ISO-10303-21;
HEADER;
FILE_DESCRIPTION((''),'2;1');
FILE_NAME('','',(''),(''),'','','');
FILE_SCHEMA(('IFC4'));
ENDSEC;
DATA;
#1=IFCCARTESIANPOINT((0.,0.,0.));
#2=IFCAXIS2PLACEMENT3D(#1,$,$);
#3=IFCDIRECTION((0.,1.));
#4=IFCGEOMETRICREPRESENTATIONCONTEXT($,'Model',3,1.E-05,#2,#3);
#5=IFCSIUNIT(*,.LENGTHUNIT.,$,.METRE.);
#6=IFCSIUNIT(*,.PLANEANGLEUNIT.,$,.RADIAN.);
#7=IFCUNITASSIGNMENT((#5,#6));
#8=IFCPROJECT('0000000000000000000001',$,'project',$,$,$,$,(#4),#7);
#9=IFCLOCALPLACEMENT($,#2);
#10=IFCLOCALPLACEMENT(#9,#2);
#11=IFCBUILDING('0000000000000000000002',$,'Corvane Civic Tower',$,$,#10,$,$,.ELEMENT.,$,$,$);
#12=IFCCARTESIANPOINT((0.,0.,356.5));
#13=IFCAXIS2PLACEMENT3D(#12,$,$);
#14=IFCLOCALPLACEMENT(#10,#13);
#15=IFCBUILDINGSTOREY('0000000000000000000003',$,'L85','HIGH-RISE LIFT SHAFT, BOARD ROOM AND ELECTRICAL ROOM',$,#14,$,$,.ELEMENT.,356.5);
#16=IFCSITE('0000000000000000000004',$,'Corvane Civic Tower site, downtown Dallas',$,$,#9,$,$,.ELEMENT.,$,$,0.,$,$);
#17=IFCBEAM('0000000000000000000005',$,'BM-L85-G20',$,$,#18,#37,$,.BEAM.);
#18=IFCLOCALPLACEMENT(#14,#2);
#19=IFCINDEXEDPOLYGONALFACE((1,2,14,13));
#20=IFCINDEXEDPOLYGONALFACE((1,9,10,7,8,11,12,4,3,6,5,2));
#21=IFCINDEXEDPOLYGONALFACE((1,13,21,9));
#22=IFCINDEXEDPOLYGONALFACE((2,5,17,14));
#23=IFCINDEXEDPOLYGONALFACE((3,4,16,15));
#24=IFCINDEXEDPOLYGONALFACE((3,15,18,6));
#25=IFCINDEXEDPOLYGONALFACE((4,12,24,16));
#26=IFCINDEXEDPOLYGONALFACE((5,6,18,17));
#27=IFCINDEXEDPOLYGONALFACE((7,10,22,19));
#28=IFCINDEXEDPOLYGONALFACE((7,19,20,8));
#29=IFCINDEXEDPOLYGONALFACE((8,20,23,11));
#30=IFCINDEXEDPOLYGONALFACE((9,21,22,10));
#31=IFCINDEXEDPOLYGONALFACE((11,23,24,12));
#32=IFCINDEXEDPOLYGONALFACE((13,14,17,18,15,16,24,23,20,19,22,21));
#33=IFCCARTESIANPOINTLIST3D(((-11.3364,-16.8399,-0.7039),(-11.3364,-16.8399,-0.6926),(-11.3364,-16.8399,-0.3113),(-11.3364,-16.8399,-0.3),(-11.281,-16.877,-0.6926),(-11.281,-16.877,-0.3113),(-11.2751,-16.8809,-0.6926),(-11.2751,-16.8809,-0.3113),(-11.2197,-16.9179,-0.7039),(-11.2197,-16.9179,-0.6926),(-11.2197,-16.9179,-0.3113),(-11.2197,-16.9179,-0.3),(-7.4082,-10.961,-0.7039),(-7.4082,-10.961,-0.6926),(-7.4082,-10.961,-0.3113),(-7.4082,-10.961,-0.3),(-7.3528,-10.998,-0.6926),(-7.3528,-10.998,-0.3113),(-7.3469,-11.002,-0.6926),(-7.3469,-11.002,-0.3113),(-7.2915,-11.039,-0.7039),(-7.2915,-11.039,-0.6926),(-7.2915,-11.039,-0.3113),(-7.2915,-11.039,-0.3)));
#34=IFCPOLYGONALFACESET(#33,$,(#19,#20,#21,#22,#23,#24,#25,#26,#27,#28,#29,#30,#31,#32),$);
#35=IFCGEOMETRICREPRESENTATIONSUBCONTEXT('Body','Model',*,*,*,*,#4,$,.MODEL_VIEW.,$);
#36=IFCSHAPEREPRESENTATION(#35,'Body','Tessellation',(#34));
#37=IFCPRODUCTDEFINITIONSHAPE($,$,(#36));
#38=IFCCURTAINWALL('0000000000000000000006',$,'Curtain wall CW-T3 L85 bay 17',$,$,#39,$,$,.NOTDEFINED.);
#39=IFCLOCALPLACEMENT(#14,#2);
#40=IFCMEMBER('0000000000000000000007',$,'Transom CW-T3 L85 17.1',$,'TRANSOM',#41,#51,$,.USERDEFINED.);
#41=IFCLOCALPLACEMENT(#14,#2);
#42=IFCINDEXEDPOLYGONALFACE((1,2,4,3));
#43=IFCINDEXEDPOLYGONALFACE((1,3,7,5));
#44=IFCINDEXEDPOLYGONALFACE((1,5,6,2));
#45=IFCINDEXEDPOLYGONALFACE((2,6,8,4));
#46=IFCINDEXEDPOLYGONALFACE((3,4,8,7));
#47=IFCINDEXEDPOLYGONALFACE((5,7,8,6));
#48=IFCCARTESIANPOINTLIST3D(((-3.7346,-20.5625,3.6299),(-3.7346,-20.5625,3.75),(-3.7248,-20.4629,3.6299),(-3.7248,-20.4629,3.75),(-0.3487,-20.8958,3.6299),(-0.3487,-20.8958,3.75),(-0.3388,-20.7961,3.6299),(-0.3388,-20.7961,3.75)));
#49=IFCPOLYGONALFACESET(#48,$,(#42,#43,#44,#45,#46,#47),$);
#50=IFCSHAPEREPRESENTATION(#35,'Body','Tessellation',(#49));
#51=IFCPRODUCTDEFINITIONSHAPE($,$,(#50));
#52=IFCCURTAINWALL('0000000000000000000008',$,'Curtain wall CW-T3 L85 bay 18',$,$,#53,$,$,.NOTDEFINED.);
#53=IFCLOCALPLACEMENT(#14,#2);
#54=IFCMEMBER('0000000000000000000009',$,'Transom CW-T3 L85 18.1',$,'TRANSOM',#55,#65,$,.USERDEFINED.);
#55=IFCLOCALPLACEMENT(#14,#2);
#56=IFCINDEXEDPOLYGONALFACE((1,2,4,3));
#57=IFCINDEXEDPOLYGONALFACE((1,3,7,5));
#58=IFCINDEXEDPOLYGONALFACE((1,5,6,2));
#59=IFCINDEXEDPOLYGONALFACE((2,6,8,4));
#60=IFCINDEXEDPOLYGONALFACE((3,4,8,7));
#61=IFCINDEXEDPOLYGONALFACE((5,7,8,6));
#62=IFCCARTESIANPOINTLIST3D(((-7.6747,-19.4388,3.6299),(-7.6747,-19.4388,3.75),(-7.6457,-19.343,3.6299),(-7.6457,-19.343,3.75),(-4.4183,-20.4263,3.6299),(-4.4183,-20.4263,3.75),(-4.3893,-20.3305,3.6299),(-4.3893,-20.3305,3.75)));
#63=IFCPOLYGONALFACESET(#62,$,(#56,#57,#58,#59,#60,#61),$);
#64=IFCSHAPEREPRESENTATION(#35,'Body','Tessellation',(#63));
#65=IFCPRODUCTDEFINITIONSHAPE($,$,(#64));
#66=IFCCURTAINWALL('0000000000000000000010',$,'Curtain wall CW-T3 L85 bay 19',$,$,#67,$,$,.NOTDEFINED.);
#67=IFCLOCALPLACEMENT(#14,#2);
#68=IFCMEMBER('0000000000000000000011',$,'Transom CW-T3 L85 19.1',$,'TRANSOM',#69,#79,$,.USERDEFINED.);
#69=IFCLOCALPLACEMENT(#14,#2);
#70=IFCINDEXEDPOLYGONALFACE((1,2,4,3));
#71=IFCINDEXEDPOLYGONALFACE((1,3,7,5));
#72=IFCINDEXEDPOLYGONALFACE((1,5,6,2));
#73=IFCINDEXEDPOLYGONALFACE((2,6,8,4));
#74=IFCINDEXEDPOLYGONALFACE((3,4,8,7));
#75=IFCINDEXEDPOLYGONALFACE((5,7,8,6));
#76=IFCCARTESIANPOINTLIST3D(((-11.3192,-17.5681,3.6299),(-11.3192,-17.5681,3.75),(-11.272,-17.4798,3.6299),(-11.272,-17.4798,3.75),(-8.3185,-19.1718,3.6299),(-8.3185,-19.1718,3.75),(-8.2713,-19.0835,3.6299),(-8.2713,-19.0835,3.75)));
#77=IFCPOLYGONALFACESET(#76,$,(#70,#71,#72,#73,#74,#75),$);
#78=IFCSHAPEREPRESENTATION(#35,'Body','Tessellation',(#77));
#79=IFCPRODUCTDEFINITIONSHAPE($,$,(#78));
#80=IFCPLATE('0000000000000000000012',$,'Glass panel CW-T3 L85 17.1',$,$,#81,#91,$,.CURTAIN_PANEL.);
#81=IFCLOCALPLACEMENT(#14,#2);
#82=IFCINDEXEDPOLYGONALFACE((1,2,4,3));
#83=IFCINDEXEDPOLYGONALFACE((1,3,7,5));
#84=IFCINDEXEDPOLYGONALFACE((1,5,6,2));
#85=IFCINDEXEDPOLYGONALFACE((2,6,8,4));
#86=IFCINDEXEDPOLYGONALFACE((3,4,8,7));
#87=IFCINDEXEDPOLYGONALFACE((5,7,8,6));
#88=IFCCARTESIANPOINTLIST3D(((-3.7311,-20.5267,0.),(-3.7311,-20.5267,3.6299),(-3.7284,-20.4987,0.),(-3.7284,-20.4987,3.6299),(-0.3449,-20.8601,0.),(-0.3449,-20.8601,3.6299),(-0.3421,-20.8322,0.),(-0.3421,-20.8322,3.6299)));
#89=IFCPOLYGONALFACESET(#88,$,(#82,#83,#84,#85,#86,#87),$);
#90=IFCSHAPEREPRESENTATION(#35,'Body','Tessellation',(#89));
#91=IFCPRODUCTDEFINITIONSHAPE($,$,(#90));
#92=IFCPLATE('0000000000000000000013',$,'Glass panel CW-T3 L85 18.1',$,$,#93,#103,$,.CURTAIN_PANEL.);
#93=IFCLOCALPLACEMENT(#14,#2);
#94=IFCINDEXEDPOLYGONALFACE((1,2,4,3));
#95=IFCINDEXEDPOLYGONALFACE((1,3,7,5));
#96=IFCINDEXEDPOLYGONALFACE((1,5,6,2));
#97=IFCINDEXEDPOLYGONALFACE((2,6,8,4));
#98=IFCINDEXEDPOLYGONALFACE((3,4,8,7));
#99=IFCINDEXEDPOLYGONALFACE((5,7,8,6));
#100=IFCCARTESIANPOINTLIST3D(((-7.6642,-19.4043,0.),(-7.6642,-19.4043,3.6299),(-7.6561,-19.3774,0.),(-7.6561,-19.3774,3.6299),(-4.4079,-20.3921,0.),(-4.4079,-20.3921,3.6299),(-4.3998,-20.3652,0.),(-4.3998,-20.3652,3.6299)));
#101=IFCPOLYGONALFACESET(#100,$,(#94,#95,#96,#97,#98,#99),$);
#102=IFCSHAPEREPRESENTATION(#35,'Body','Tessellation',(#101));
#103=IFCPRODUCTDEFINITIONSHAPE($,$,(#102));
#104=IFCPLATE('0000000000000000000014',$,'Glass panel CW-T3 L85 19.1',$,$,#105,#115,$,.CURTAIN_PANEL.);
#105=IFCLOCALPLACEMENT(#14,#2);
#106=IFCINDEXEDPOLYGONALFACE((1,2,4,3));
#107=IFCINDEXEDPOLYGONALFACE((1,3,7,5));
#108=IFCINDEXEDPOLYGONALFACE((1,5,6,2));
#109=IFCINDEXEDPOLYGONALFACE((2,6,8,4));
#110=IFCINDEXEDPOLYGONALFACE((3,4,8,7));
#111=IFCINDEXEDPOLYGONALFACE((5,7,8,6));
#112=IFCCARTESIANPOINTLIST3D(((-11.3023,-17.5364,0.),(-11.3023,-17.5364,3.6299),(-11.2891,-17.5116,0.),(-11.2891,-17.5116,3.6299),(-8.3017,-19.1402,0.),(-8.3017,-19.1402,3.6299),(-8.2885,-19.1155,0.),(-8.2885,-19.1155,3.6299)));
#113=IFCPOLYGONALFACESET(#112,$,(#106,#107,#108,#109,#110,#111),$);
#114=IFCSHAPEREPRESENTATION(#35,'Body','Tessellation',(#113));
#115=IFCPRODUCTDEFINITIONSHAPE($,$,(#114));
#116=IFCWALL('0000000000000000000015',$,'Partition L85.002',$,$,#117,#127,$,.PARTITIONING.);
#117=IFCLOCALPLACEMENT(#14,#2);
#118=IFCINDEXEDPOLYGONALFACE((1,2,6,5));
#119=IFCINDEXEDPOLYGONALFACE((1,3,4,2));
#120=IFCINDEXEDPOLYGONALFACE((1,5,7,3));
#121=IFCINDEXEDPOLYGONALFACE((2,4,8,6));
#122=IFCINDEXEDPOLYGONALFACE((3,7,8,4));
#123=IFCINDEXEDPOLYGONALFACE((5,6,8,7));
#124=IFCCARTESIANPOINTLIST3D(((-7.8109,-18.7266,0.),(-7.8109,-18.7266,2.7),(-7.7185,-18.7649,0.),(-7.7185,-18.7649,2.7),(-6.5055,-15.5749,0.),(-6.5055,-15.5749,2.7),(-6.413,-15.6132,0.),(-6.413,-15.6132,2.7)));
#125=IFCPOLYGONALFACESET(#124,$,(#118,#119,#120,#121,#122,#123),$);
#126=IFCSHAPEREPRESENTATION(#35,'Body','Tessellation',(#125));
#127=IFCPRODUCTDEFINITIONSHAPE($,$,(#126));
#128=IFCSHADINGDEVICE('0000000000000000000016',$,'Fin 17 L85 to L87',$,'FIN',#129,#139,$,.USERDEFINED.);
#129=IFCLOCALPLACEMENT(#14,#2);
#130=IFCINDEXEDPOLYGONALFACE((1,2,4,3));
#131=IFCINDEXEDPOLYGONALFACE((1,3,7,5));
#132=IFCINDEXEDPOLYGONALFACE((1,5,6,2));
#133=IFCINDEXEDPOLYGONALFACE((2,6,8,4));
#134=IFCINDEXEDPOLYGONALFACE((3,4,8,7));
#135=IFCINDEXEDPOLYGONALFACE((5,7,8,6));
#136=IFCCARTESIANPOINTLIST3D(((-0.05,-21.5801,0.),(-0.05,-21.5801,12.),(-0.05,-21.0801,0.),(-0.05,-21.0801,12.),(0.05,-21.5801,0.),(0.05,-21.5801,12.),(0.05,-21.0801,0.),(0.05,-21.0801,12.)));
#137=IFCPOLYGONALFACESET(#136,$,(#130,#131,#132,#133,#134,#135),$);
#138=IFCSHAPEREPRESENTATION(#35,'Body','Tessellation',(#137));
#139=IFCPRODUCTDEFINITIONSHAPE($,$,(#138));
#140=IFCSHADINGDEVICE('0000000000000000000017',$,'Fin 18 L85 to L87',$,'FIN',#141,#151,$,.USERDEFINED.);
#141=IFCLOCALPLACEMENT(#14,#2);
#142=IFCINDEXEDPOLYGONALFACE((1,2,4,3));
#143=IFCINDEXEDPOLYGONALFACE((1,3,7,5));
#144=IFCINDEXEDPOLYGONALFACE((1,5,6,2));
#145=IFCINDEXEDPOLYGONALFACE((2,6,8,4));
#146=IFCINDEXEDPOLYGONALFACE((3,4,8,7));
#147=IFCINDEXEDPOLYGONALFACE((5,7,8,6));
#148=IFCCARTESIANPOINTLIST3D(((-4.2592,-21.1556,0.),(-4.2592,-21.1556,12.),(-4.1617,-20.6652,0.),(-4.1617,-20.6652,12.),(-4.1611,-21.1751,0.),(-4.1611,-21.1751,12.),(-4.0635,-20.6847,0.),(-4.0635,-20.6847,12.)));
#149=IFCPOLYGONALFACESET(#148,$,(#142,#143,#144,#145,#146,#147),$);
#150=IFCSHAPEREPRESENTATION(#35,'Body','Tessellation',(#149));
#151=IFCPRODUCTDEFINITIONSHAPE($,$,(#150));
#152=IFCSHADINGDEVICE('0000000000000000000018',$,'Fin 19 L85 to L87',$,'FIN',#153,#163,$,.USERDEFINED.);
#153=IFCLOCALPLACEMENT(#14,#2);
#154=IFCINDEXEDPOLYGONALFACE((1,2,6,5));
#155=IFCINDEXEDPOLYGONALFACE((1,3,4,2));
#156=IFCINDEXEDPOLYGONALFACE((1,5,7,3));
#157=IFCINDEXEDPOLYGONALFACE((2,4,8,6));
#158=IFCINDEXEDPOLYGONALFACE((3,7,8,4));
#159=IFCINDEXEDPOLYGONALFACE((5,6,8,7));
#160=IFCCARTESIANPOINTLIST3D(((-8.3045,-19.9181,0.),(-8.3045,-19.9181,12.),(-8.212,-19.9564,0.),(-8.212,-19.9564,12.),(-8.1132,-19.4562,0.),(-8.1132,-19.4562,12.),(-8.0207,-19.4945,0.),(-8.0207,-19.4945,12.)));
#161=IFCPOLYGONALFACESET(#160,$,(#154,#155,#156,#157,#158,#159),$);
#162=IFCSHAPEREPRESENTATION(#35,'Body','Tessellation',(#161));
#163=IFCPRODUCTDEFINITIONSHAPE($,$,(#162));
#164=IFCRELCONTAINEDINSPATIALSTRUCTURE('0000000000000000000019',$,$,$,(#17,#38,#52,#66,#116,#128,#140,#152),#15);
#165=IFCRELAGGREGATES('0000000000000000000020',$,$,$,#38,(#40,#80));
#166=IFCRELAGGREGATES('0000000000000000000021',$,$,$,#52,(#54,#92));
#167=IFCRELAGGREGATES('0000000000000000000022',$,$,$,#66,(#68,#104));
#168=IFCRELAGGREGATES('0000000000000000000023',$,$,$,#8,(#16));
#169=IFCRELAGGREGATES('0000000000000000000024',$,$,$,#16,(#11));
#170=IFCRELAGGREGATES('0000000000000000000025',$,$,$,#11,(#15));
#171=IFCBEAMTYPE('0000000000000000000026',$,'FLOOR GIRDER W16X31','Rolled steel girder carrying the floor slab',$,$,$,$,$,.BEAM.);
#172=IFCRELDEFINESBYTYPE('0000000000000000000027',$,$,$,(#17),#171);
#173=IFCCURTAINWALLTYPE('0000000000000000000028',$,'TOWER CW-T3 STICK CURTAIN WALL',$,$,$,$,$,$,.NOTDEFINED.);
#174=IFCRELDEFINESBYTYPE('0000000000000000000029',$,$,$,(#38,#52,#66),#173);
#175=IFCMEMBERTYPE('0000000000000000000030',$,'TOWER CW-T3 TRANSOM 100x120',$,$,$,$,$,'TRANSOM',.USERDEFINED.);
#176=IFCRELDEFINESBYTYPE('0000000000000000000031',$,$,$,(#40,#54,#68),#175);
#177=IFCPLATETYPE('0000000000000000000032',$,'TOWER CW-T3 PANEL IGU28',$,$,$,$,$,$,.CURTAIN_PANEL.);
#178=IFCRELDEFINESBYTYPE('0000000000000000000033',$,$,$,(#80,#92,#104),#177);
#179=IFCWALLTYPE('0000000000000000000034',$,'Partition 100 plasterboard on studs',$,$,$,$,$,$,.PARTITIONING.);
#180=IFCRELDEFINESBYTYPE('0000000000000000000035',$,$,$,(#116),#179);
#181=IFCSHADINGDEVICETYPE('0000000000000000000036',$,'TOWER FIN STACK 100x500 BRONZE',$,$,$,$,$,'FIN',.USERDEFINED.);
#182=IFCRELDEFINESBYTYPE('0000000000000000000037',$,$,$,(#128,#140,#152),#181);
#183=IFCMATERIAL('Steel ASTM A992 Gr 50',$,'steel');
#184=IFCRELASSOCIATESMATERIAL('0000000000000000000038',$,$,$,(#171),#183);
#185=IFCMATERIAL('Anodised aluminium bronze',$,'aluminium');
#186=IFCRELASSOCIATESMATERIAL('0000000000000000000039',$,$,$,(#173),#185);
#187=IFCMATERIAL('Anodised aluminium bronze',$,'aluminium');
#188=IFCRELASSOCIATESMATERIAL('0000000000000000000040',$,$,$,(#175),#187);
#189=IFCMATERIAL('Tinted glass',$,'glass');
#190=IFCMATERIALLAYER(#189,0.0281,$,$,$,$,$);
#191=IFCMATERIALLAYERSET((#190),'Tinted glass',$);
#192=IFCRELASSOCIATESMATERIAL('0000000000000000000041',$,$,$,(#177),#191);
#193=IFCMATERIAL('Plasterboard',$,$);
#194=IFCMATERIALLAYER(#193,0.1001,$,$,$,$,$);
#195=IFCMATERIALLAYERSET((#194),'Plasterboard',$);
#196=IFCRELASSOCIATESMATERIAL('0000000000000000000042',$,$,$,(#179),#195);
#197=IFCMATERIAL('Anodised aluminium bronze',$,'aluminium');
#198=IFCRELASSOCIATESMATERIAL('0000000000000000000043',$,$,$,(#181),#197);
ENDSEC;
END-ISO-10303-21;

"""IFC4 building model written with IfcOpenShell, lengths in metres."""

from ifc_helpers import new_model, si_unit, direction, frame, frame_2d, origin, origin_2d, place, context, subcontext, project, spatial, rectangle, i_section, extrude, material, layer, layer_set, material_profile, profile_set, type_object, element, aggregate, save


model = new_model("IFC4")

# Units and contexts
model_context = context("Model", 3, precision=1e-05, world=origin(), true_north=direction((0.0, 1.0)))
body_context = subcontext(model_context, "Body", "Model", "MODEL_VIEW")
ifc_project = project(units=[si_unit("LENGTHUNIT", "METRE"), si_unit("PLANEANGLEUNIT", "RADIAN")], contexts=[model_context])

# Site, building, storey
site_placement = place(None, origin())
site = spatial("IfcSite", under=ifc_project, at=site_placement, Name="Corvane Civic Tower site, downtown Dallas", CompositionType="ELEMENT", RefElevation=0.0)
building_placement = place(site_placement, origin())
building = spatial("IfcBuilding", under=site, at=building_placement, Name="Corvane Civic Tower", CompositionType="ELEMENT")
storey_placement = place(building_placement, frame((0.0, 0.0, 356.5)))
storey = spatial("IfcBuildingStorey", under=building, at=storey_placement, Name="L85", Description="HIGH-RISE LIFT SHAFT, BOARD ROOM AND ELECTRICAL ROOM", CompositionType="ELEMENT", Elevation=356.5)

# Beam
ifc_material_1 = material(Name="Steel ASTM A992 Gr 50", Category="steel")
ifc_material_profile_1 = material_profile(ifc_material_1, i_section(OverallWidth=0.1404, OverallDepth=0.4038, WebThickness=0.0071, FlangeThickness=0.0112, at=origin_2d()), Name="W16X31")
ifc_profile_set_1 = profile_set([ifc_material_profile_1], Name="Steel ASTM A992 Gr 50")
beam_type_1 = type_object("IfcBeamType", Name="FLOOR GIRDER W16X31", Description="Rolled steel girder carrying the floor slab", PredefinedType="BEAM", material=ifc_profile_set_1)
beam_1_placement = place(storey_placement, frame((-7.3499, -11.0, -0.502), z_axis=(-0.555576, -0.831465, 0.0), x_axis=(0.831465, -0.555576, 0.0)))
element("IfcBeam", 1, at=beam_1_placement, inside=storey, type_object=beam_type_1, Name="BM-L85-G20", PredefinedType="BEAM", context=body_context, shape_type="SweptSolid", body=[
    extrude(i_section(OverallWidth=0.1404, OverallDepth=0.4038, WebThickness=0.0071, FlangeThickness=0.0112, at=origin_2d()), origin(), (0.0, 0.0, 1.0), 7.0706),
])

# Curtain walls, members
ifc_material_2 = material(Name="Anodised aluminium bronze", Category="aluminium")
curtain_wall_type = type_object("IfcCurtainWallType", Name="TOWER CW-T3 STICK CURTAIN WALL", PredefinedType="NOTDEFINED", material=ifc_material_2)
curtain_wall_1_placement = place(storey_placement, origin())
curtain_wall_1 = element("IfcCurtainWall", 2, at=curtain_wall_1_placement, inside=storey, type_object=curtain_wall_type, Name="Curtain wall CW-T3 L85 bay 17", PredefinedType="NOTDEFINED")
ifc_material_3 = material(Name="Anodised aluminium bronze", Category="aluminium")
ifc_material_profile_2 = material_profile(ifc_material_3, rectangle(XDim=0.1001, YDim=0.1201, at=origin_2d()), Name="TOWER CW-T3 TRANSOM 100x120")
ifc_profile_set_2 = profile_set([ifc_material_profile_2], Name="Anodised aluminium bronze")
member_type = type_object("IfcMemberType", Name="TOWER CW-T3 TRANSOM 100x120", ElementType="TRANSOM", PredefinedType="USERDEFINED", material=ifc_profile_set_2)
member_1_placement = place(storey_placement, frame((-0.3438, -20.8459, 3.6899), z_axis=(-0.995192, 0.097948, 0.0), x_axis=(-0.097948, -0.995192, 0.0)))
member_1 = element("IfcMember", 3, at=member_1_placement, type_object=member_type, Name="Transom CW-T3 L85 17.1", ObjectType="TRANSOM", PredefinedType="USERDEFINED", context=body_context, shape_type="SweptSolid", body=[
    extrude(rectangle(XDim=0.1001, YDim=0.1201, at=origin_2d()), origin(), (0.0, 0.0, 1.0), 3.4023),
])
curtain_wall_2_placement = place(storey_placement, origin())
curtain_wall_2 = element("IfcCurtainWall", 4, at=curtain_wall_2_placement, inside=storey, type_object=curtain_wall_type, Name="Curtain wall CW-T3 L85 bay 18", PredefinedType="NOTDEFINED")
member_2_placement = place(storey_placement, frame((-4.4038, -20.3784, 3.6899), z_axis=(-0.956961, 0.290216, 0.0), x_axis=(-0.290216, -0.956961, 0.0)))
member_2 = element("IfcMember", 5, at=member_2_placement, type_object=member_type, Name="Transom CW-T3 L85 18.1", ObjectType="TRANSOM", PredefinedType="USERDEFINED", context=body_context, shape_type="SweptSolid", body=[
    extrude(rectangle(XDim=0.1001, YDim=0.1201, at=origin_2d()), origin(), (0.0, 0.0, 1.0), 3.4028),
])
curtain_wall_3_placement = place(storey_placement, origin())
curtain_wall_3 = element("IfcCurtainWall", 6, at=curtain_wall_3_placement, inside=storey, type_object=curtain_wall_type, Name="Curtain wall CW-T3 L85 bay 19", PredefinedType="NOTDEFINED")
member_3_placement = place(storey_placement, frame((-8.2949, -19.1277, 3.6899), z_axis=(-0.881941, 0.471359, 0.0), x_axis=(-0.471359, -0.881941, 0.0)))
member_3 = element("IfcMember", 7, at=member_3_placement, type_object=member_type, Name="Transom CW-T3 L85 19.1", ObjectType="TRANSOM", PredefinedType="USERDEFINED", context=body_context, shape_type="SweptSolid", body=[
    extrude(rectangle(XDim=0.1001, YDim=0.1201, at=origin_2d()), origin(), (0.0, 0.0, 1.0), 3.4023),
])

# Plates
ifc_material_4 = material(Name="Tinted glass", Category="glass")
ifc_layer_1 = layer(ifc_material_4, 0.0281)
ifc_layer_set_1 = layer_set([ifc_layer_1], Name="Tinted glass")
plate_type = type_object("IfcPlateType", Name="TOWER CW-T3 PANEL IGU28", PredefinedType="CURTAIN_PANEL", material=ifc_layer_set_1)
plate_1_placement = place(storey_placement, frame((-2.0366, -20.6794, 0.0), z_axis=(0.0, 0.0, 1.0), x_axis=(-0.995187, 0.097998, 0.0)))
plate_1 = element("IfcPlate", 8, at=plate_1_placement, type_object=plate_type, Name="Glass panel CW-T3 L85 17.1", PredefinedType="CURTAIN_PANEL", context=body_context, shape_type="SweptSolid", body=[
    extrude(rectangle(XDim=3.4026, YDim=0.0281, at=origin_2d()), origin(), (0.0, 0.0, 1.0), 3.6299),
])
aggregate(curtain_wall_1, [member_1, plate_1])
plate_2_placement = place(storey_placement, frame((-6.032, -19.8848, 0.0), z_axis=(0.0, 0.0, 1.0), x_axis=(-0.956939, 0.29029, 0.0)))
plate_2 = element("IfcPlate", 9, at=plate_2_placement, type_object=plate_type, Name="Glass panel CW-T3 L85 18.1", PredefinedType="CURTAIN_PANEL", context=body_context, shape_type="SweptSolid", body=[
    extrude(rectangle(XDim=3.4028, YDim=0.0281, at=origin_2d()), origin(), (0.0, 0.0, 1.0), 3.6299),
])
aggregate(curtain_wall_2, [member_2, plate_2])
plate_3_placement = place(storey_placement, frame((-9.7954, -18.3259, 0.0), z_axis=(0.0, 0.0, 1.0), x_axis=(-0.881928, 0.471384, 0.0)))
plate_3 = element("IfcPlate", 10, at=plate_3_placement, type_object=plate_type, Name="Glass panel CW-T3 L85 19.1", PredefinedType="CURTAIN_PANEL", context=body_context, shape_type="SweptSolid", body=[
    extrude(rectangle(XDim=3.4023, YDim=0.0281, at=origin_2d()), origin(), (0.0, 0.0, 1.0), 3.6299),
])
aggregate(curtain_wall_3, [member_3, plate_3])

# Wall
ifc_material_5 = material(Name="Plasterboard")
ifc_layer_2 = layer(ifc_material_5, 0.1001)
ifc_layer_set_2 = layer_set([ifc_layer_2], Name="Plasterboard")
wall_type = type_object("IfcWallType", Name="Partition 100 plasterboard on studs", PredefinedType="PARTITIONING", material=ifc_layer_set_2)
wall_placement = place(storey_placement, frame((-7.7646, -18.7456, 0.0), z_axis=(0.0, 0.0, 1.0), x_axis=(0.382678, 0.923882, 0.0)))
element("IfcWall", 11, at=wall_placement, inside=storey, type_object=wall_type, Name="Partition L85.002", PredefinedType="PARTITIONING", context=body_context, shape_type="SweptSolid", body=[
    extrude(rectangle(XDim=3.4114, YDim=0.1001, at=frame_2d((1.7056, 0.0))), origin(), (0.0, 0.0, 1.0), 2.7),
])

# Shading devices
ifc_material_6 = material(Name="Anodised aluminium bronze", Category="aluminium")
ifc_material_profile_3 = material_profile(ifc_material_6, rectangle(XDim=0.1001, YDim=0.5, at=origin_2d()), Name="TOWER FIN STACK 100x500 BRONZE")
ifc_profile_set_3 = profile_set([ifc_material_profile_3], Name="Anodised aluminium bronze")
shading_device_type = type_object("IfcShadingDeviceType", Name="TOWER FIN STACK 100x500 BRONZE", ElementType="FIN", PredefinedType="USERDEFINED", material=ifc_profile_set_3)
for number, where, z_axis, x_axis, name in (
    (12, (0.0, -21.3301, 0.0), (0.0, 0.0, 1.0), (-1.0, 0.0, 0.0), "Fin 17 L85 to L87"),
    (13, (-4.1614, -20.9202, 0.0), (0.0, 0.0, 1.0), (-0.980785, 0.19509, 0.0), "Fin 18 L85 to L87"),
    (14, (-8.1626, -19.7063, 0.0), (0.0, 0.0, 1.0), (-0.92388, 0.382683, 0.0), "Fin 19 L85 to L87"),
):
    element("IfcShadingDevice", number, at=place(storey_placement, frame(where, z_axis=z_axis, x_axis=x_axis)), inside=storey, type_object=shading_device_type, Name=name, ObjectType="FIN", PredefinedType="USERDEFINED", context=body_context, shape_type="SweptSolid", body=[
        extrude(rectangle(XDim=0.1001, YDim=0.5, at=origin_2d()), origin(), (0.0, 0.0, 1.0), 12.0),
    ])

save(model, "model.ifc")
